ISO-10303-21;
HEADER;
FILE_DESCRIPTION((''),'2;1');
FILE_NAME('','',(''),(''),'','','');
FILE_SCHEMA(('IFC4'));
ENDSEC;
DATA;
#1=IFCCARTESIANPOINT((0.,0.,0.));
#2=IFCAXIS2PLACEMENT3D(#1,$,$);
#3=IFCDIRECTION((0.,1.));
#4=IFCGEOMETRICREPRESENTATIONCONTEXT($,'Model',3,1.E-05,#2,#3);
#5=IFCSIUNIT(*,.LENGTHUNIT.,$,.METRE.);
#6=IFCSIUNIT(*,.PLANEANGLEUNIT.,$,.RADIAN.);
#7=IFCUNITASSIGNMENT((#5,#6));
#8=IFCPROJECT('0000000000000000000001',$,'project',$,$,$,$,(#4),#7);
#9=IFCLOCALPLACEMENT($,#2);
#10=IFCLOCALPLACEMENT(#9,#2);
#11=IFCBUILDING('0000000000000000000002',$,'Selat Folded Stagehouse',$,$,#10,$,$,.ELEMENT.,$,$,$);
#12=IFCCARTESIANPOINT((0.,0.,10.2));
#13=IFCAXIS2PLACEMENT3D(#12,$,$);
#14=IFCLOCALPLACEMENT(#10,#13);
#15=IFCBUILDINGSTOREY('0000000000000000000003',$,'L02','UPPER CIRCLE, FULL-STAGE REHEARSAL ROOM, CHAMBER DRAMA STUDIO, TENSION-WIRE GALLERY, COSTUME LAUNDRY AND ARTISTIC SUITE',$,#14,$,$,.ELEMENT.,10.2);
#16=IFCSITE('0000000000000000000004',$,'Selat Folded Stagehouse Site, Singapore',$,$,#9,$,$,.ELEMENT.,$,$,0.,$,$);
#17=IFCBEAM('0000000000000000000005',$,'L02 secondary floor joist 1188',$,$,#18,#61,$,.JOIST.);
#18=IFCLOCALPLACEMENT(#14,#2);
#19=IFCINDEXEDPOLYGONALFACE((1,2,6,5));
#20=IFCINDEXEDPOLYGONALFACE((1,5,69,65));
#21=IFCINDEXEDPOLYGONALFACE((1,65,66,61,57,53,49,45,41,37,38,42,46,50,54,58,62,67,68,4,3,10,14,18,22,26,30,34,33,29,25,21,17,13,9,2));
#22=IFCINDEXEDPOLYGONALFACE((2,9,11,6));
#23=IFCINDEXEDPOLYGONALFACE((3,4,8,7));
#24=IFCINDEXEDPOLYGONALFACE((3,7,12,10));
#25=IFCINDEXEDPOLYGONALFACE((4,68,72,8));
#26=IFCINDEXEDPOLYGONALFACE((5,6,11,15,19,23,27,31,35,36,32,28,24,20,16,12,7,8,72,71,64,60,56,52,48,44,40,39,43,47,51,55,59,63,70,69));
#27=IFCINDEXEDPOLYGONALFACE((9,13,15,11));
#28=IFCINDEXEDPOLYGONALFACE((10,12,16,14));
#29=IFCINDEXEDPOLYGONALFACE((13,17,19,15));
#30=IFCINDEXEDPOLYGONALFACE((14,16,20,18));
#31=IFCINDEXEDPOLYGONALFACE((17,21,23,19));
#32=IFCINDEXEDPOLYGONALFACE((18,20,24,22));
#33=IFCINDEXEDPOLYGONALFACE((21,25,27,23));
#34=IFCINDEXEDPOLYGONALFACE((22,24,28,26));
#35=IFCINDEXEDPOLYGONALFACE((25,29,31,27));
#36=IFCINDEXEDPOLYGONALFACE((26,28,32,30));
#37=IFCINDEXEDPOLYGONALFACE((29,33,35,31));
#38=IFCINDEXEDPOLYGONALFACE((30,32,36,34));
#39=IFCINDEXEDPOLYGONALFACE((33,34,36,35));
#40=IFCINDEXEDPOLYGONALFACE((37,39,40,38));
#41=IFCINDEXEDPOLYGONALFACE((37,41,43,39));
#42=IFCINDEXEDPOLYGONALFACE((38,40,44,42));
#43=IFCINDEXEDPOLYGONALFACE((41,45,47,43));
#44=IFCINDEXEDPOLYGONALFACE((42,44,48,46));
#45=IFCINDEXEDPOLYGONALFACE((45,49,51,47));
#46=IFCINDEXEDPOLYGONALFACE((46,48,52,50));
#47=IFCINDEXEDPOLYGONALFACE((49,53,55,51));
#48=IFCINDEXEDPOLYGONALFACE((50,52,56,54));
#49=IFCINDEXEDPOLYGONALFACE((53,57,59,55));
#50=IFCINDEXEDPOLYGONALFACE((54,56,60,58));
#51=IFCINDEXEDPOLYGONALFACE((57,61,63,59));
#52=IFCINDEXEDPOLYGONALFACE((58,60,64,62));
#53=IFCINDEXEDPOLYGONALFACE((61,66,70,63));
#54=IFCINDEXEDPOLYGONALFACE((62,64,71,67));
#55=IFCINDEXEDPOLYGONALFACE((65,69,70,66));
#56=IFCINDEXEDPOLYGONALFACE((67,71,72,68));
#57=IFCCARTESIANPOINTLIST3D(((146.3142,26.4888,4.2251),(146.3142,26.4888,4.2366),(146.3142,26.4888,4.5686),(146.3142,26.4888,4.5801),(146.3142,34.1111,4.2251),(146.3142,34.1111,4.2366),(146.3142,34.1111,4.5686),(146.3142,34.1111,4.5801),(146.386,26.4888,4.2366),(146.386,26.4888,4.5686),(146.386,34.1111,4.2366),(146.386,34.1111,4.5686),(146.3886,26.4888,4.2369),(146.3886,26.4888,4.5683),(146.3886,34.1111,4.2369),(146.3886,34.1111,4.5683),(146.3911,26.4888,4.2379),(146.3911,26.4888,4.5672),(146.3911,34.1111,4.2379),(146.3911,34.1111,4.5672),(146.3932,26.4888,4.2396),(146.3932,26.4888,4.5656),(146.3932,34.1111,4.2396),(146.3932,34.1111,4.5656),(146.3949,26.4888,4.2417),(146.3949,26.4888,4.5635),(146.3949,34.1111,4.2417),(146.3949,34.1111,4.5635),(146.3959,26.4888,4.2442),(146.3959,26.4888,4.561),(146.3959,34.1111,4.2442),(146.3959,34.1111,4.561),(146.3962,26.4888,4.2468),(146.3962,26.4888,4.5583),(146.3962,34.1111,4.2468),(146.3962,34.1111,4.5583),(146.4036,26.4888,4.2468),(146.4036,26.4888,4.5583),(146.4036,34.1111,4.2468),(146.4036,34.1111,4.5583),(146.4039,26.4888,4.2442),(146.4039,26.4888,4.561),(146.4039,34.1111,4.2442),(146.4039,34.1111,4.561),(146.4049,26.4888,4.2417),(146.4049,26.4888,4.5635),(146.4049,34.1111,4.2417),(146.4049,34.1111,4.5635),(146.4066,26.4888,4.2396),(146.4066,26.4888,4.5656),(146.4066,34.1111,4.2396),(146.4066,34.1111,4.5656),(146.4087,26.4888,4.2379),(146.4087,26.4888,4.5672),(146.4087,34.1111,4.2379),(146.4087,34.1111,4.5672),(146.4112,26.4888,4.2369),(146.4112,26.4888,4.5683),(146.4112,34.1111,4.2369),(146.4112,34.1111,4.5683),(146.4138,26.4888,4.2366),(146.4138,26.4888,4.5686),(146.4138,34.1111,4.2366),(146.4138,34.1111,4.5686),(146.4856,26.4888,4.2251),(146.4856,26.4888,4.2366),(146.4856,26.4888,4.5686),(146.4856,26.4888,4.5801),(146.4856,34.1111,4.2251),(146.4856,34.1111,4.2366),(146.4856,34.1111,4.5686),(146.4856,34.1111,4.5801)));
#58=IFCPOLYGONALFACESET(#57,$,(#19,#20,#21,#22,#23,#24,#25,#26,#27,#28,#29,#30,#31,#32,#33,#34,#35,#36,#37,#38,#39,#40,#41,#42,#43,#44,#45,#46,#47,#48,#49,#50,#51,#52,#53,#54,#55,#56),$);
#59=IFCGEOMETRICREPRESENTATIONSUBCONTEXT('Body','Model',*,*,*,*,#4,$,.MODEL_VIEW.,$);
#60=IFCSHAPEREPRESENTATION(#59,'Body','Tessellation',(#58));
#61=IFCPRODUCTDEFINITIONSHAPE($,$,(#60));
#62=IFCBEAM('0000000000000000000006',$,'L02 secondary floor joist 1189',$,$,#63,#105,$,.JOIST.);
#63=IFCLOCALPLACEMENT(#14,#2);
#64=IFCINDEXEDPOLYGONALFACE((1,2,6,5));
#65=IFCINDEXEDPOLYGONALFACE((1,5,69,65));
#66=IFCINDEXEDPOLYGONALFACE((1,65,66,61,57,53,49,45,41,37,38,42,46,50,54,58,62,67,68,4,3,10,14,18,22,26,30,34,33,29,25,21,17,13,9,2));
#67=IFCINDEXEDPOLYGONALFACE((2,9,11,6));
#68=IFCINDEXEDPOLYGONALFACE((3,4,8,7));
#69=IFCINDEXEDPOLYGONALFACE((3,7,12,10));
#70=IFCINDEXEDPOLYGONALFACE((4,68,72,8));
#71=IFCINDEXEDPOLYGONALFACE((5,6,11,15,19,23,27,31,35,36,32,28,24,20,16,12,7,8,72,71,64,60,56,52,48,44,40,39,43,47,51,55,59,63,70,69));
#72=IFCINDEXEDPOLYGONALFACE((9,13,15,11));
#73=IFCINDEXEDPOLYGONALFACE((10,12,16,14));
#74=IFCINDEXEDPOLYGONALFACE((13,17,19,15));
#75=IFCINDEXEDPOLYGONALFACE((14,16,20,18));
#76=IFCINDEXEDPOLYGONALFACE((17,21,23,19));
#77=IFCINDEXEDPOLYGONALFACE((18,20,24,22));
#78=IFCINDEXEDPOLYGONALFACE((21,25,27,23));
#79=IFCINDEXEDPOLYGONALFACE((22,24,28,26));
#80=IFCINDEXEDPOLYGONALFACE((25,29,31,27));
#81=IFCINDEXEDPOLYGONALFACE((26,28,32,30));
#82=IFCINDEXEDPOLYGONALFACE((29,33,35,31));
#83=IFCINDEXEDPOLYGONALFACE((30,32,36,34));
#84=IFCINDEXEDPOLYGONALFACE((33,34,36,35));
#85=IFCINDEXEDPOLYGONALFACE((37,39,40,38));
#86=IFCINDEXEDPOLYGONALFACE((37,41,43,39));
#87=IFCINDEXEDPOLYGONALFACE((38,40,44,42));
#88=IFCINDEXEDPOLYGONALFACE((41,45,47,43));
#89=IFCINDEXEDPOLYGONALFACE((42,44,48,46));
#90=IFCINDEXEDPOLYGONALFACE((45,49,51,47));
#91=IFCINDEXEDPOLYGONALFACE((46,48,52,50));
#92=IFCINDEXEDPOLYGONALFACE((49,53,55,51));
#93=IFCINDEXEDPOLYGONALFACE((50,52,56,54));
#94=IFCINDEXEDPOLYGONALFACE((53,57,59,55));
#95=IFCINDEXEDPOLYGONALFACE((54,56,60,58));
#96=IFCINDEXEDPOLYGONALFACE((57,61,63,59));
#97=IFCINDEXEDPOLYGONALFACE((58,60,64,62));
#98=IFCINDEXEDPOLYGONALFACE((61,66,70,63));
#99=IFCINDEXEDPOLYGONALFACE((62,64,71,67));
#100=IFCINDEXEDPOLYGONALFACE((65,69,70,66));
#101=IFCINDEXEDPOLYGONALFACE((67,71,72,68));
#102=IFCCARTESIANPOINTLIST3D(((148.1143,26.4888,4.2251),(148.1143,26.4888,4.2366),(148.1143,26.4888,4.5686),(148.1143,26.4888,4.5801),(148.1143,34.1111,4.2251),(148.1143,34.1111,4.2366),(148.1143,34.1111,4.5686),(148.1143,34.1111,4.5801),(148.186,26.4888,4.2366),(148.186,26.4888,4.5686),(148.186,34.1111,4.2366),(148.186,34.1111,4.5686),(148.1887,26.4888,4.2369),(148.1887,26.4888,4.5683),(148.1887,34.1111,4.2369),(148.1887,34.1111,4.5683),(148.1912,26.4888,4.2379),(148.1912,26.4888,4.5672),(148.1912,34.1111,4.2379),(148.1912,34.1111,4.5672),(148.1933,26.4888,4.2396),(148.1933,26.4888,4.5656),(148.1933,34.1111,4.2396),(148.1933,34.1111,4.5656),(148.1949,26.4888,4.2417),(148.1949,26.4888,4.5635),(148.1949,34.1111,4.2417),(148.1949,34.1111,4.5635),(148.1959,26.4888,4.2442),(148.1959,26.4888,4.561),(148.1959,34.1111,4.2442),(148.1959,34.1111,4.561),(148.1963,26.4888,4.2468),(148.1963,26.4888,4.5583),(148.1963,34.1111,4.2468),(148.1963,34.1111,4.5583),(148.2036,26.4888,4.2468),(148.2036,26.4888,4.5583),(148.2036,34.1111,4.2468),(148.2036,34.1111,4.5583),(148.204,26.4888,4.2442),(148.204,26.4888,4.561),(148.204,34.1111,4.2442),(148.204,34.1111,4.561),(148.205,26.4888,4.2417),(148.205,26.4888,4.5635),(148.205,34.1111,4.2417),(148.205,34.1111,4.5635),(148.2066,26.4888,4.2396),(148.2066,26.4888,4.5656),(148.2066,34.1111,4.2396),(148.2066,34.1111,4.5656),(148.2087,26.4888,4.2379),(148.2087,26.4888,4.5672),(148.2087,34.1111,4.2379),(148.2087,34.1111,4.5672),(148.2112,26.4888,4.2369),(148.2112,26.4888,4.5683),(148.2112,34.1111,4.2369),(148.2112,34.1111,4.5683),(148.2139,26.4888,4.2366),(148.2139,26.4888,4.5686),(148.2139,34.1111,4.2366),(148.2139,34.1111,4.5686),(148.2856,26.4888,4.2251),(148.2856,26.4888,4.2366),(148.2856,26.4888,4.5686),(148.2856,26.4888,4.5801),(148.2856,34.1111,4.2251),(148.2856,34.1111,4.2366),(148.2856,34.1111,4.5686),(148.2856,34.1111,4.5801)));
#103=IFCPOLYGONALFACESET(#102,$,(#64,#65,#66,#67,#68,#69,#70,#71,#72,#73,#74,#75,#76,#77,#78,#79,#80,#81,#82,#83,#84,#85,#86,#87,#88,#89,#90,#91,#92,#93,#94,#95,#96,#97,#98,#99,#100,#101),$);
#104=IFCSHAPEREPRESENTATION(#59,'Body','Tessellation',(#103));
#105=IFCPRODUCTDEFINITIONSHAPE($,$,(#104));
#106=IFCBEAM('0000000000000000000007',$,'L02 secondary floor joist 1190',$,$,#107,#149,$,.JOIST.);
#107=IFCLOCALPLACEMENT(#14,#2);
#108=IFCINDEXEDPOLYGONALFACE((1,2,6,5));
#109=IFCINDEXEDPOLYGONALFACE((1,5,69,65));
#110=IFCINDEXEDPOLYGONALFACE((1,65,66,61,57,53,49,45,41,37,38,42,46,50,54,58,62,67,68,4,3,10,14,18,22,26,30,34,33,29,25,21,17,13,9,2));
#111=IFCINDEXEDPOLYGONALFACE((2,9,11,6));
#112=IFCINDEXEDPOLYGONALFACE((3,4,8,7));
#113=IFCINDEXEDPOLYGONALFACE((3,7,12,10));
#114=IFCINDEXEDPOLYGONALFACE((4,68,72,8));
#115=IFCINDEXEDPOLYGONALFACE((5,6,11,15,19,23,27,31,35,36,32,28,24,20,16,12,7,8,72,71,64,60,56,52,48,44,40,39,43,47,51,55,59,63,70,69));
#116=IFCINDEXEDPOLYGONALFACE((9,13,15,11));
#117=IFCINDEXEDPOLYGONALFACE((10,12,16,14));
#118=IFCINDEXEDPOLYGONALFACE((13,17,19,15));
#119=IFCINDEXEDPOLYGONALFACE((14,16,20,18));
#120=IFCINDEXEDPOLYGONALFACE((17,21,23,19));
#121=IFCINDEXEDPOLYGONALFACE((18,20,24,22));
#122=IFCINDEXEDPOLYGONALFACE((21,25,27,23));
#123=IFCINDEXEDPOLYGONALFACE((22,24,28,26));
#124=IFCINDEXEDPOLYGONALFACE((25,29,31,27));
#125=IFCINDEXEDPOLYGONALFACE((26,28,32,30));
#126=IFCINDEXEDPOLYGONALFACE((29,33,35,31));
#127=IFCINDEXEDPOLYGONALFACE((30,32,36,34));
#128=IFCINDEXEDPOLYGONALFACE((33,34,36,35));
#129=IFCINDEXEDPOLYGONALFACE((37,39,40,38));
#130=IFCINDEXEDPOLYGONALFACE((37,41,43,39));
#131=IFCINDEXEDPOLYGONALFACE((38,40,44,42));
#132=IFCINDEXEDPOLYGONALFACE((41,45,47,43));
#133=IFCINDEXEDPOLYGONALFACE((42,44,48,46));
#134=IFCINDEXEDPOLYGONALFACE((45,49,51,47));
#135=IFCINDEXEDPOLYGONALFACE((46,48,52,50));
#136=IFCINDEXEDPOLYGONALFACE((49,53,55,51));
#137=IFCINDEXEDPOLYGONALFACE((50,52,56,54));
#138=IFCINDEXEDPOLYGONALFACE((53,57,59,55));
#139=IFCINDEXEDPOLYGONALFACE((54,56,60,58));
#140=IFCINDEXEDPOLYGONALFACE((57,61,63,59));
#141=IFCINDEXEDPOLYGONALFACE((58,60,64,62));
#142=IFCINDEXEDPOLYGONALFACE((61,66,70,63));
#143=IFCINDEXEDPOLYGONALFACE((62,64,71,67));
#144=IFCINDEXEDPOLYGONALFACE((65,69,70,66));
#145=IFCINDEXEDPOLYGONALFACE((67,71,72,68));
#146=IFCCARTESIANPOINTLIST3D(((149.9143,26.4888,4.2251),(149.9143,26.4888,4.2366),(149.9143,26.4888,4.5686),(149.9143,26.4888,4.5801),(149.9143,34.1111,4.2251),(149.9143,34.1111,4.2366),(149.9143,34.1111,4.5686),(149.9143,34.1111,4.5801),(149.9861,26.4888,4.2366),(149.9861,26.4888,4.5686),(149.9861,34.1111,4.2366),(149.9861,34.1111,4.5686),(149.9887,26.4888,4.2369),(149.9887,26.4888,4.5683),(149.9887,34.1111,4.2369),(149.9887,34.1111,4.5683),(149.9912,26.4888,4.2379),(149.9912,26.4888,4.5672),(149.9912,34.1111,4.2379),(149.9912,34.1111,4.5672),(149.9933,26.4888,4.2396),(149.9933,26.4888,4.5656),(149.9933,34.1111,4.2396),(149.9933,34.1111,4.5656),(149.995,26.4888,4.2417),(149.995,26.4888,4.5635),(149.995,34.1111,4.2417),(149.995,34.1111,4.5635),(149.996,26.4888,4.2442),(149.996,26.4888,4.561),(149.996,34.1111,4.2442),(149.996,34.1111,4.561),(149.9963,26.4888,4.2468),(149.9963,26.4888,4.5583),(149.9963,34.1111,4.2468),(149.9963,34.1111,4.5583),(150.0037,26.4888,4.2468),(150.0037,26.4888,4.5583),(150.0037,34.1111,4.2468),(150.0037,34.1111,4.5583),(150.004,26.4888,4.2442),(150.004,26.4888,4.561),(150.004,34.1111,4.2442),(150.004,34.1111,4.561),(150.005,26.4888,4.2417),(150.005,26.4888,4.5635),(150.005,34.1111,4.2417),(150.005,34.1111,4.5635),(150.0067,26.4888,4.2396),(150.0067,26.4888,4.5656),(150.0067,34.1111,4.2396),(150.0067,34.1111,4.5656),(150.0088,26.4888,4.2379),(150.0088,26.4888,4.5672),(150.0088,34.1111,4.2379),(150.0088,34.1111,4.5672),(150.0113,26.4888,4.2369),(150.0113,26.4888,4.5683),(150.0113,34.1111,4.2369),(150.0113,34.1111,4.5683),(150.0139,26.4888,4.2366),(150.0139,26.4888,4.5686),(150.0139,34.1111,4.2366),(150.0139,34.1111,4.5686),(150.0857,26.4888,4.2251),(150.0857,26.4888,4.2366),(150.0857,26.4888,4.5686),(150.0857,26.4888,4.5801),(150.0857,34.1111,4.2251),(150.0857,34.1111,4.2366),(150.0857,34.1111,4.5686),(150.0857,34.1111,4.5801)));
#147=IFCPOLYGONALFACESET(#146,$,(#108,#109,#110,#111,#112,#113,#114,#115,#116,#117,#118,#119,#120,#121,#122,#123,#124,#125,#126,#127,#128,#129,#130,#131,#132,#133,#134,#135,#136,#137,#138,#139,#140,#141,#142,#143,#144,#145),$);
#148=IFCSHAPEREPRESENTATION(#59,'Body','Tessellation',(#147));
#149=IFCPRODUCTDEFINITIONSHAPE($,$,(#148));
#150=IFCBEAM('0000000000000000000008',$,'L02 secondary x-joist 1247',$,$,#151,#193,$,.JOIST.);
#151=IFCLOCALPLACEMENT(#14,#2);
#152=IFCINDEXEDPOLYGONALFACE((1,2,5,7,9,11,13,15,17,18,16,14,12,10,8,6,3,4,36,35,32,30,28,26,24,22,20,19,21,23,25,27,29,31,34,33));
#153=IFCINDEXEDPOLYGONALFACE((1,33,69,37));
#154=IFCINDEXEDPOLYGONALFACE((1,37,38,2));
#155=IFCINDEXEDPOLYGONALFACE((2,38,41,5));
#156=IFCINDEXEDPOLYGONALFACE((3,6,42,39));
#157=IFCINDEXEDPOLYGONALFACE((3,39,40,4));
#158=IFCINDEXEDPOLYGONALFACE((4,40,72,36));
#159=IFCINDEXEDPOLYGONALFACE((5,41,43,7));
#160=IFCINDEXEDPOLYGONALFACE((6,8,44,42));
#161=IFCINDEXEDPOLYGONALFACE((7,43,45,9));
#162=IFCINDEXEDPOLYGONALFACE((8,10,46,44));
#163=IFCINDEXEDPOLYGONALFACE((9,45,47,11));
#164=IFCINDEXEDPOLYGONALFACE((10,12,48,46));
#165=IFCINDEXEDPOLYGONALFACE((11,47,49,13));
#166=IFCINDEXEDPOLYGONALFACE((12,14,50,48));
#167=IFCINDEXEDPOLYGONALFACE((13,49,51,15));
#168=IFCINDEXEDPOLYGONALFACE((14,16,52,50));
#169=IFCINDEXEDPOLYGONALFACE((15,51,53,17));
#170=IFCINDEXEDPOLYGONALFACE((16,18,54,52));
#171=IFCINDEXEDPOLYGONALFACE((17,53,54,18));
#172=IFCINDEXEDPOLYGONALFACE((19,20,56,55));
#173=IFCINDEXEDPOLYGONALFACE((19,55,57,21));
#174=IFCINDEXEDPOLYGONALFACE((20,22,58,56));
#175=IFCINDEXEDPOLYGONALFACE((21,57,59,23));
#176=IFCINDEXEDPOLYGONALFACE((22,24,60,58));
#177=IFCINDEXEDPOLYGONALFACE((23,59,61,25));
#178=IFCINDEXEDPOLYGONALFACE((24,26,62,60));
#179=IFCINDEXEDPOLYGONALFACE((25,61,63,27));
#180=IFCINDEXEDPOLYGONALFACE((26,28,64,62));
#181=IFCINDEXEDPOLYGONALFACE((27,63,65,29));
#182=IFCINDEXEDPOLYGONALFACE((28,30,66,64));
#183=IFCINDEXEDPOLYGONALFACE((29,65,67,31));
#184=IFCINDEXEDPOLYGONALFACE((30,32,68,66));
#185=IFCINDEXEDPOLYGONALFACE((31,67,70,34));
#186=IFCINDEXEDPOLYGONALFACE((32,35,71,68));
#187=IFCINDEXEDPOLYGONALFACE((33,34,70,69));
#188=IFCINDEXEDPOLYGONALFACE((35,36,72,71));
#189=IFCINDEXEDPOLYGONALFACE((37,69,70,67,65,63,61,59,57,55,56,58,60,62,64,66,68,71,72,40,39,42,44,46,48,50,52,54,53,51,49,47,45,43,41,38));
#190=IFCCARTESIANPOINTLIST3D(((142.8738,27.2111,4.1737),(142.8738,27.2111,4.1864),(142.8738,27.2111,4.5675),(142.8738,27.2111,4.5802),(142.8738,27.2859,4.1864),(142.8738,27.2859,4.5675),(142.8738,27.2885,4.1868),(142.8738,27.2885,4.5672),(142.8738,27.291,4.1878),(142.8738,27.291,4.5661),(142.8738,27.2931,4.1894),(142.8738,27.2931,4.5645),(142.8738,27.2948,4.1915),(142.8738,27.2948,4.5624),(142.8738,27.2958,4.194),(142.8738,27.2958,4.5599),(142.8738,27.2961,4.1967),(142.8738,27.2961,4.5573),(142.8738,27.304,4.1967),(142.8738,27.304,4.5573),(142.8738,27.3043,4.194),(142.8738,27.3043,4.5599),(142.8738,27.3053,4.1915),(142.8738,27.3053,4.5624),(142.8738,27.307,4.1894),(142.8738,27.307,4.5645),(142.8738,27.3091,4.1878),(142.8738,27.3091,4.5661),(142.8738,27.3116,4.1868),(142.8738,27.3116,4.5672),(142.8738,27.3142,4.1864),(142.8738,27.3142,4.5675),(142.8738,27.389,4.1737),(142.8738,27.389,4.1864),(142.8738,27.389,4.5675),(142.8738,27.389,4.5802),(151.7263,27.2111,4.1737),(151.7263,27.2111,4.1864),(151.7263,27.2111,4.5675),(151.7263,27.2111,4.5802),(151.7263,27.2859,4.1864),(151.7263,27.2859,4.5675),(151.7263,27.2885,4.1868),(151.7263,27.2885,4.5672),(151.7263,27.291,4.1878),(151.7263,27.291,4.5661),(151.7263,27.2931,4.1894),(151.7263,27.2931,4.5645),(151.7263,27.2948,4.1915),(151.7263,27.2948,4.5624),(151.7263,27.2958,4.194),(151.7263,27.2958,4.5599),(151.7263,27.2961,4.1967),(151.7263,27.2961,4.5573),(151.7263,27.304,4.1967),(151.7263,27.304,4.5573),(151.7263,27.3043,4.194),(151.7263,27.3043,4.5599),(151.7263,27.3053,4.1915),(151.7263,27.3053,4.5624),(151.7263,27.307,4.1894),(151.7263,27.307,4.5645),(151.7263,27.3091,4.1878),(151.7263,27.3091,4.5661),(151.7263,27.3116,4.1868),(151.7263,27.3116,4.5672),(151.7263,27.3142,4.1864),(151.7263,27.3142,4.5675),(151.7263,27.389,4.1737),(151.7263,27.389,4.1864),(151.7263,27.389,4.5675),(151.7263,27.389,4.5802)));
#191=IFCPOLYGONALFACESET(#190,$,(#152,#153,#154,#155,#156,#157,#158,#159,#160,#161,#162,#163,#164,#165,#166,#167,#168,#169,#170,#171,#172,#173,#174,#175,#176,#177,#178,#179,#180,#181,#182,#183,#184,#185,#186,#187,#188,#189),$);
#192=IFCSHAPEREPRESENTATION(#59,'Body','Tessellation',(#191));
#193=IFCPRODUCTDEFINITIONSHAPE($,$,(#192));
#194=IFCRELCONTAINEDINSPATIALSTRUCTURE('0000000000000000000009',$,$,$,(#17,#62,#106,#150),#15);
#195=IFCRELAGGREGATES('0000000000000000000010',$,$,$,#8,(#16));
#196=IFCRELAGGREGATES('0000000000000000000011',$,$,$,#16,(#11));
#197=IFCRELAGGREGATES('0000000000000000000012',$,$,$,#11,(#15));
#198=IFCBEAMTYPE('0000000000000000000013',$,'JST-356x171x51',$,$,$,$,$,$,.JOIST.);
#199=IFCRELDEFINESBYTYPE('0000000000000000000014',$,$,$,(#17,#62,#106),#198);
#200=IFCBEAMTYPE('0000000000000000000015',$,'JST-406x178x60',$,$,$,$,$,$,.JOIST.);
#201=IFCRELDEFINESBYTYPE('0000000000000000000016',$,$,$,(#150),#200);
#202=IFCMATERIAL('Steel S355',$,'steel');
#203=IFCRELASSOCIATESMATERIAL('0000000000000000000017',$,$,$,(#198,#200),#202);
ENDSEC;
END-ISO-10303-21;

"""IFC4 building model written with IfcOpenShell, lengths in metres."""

from ifc_helpers import new_model, si_unit, direction, frame, origin, origin_2d, place, context, subcontext, project, spatial, i_section, extrude, material, material_profile, profile_set, type_object, element, save


model = new_model("IFC4")

# Units and contexts
model_context = context("Model", 3, precision=1e-05, world=origin(), true_north=direction((0.0, 1.0)))
body_context = subcontext(model_context, "Body", "Model", "MODEL_VIEW")
ifc_project = project(units=[si_unit("LENGTHUNIT", "METRE"), si_unit("PLANEANGLEUNIT", "RADIAN")], contexts=[model_context])

# Site, building, storey
site_placement = place(None, origin())
site = spatial("IfcSite", under=ifc_project, at=site_placement, Name="Selat Folded Stagehouse Site, Singapore", CompositionType="ELEMENT", RefElevation=0.0)
building_placement = place(site_placement, origin())
building = spatial("IfcBuilding", under=site, at=building_placement, Name="Selat Folded Stagehouse", CompositionType="ELEMENT")
storey_placement = place(building_placement, frame((0.0, 0.0, 10.2)))
storey = spatial("IfcBuildingStorey", under=building, at=storey_placement, Name="L02", Description="UPPER CIRCLE, FULL-STAGE REHEARSAL ROOM, CHAMBER DRAMA STUDIO, TENSION-WIRE GALLERY, COSTUME LAUNDRY AND ARTISTIC SUITE", CompositionType="ELEMENT", Elevation=10.2)

# Shared definitions
ifc_material_1 = material(Name="Steel S355", Category="steel")

# Beams
ifc_material_profile_1 = material_profile(ifc_material_1, i_section(OverallWidth=0.1714, OverallDepth=0.355, WebThickness=0.0073, FlangeThickness=0.0115, FilletRadius=0.0103, at=origin_2d()), Name="UKB 356x171x51")
ifc_profile_set_1 = profile_set([ifc_material_profile_1], Name="Steel S355")
beam_type_1 = type_object("IfcBeamType", Name="JST-356x171x51", PredefinedType="JOIST", material=ifc_profile_set_1)
for number, where, z_axis, x_axis, name in (
    (1, (146.3999, 26.4888, 4.4026), (0.0, 1.0, 0.0), (-1.0, 0.0, 0.0), "L02 secondary floor joist 1188"),
    (2, (148.2, 26.4888, 4.4026), (0.0, 1.0, 0.0), (-1.0, 0.0, 0.0), "L02 secondary floor joist 1189"),
    (3, (150.0, 26.4888, 4.4026), (0.0, 1.0, 0.0), (-1.0, 0.0, 0.0), "L02 secondary floor joist 1190"),
):
    element("IfcBeam", number, at=place(storey_placement, frame(where, z_axis=z_axis, x_axis=x_axis)), inside=storey, type_object=beam_type_1, Name=name, PredefinedType="JOIST", context=body_context, shape_type="SweptSolid", body=[
        extrude(i_section(OverallWidth=0.1714, OverallDepth=0.355, WebThickness=0.0073, FlangeThickness=0.0115, FilletRadius=0.0103, at=origin_2d()), origin(), (0.0, 0.0, 1.0), 7.6223),
    ])
ifc_material_profile_2 = material_profile(ifc_material_1, i_section(OverallWidth=0.178, OverallDepth=0.4065, WebThickness=0.0078, FlangeThickness=0.0127, FilletRadius=0.0103, at=origin_2d()), Name="UKB 406x178x60")
ifc_profile_set_2 = profile_set([ifc_material_profile_2], Name="Steel S355")
beam_type_2 = type_object("IfcBeamType", Name="JST-406x178x60", PredefinedType="JOIST", material=ifc_profile_set_2)
for number, where, z_axis, x_axis, name in (
    (4, (142.8738, 27.3, 4.377), (1.0, 0.0, 0.0), (0.0, 1.0, 0.0), "L02 secondary x-joist 1247"),
):
    element("IfcBeam", number, at=place(storey_placement, frame(where, z_axis=z_axis, x_axis=x_axis)), inside=storey, type_object=beam_type_2, Name=name, PredefinedType="JOIST", context=body_context, shape_type="SweptSolid", body=[
        extrude(i_section(OverallWidth=0.178, OverallDepth=0.4065, WebThickness=0.0078, FlangeThickness=0.0127, FilletRadius=0.0103, at=origin_2d()), origin(), (0.0, 0.0, 1.0), 8.8525),
    ])

save(model, "model.ifc")
